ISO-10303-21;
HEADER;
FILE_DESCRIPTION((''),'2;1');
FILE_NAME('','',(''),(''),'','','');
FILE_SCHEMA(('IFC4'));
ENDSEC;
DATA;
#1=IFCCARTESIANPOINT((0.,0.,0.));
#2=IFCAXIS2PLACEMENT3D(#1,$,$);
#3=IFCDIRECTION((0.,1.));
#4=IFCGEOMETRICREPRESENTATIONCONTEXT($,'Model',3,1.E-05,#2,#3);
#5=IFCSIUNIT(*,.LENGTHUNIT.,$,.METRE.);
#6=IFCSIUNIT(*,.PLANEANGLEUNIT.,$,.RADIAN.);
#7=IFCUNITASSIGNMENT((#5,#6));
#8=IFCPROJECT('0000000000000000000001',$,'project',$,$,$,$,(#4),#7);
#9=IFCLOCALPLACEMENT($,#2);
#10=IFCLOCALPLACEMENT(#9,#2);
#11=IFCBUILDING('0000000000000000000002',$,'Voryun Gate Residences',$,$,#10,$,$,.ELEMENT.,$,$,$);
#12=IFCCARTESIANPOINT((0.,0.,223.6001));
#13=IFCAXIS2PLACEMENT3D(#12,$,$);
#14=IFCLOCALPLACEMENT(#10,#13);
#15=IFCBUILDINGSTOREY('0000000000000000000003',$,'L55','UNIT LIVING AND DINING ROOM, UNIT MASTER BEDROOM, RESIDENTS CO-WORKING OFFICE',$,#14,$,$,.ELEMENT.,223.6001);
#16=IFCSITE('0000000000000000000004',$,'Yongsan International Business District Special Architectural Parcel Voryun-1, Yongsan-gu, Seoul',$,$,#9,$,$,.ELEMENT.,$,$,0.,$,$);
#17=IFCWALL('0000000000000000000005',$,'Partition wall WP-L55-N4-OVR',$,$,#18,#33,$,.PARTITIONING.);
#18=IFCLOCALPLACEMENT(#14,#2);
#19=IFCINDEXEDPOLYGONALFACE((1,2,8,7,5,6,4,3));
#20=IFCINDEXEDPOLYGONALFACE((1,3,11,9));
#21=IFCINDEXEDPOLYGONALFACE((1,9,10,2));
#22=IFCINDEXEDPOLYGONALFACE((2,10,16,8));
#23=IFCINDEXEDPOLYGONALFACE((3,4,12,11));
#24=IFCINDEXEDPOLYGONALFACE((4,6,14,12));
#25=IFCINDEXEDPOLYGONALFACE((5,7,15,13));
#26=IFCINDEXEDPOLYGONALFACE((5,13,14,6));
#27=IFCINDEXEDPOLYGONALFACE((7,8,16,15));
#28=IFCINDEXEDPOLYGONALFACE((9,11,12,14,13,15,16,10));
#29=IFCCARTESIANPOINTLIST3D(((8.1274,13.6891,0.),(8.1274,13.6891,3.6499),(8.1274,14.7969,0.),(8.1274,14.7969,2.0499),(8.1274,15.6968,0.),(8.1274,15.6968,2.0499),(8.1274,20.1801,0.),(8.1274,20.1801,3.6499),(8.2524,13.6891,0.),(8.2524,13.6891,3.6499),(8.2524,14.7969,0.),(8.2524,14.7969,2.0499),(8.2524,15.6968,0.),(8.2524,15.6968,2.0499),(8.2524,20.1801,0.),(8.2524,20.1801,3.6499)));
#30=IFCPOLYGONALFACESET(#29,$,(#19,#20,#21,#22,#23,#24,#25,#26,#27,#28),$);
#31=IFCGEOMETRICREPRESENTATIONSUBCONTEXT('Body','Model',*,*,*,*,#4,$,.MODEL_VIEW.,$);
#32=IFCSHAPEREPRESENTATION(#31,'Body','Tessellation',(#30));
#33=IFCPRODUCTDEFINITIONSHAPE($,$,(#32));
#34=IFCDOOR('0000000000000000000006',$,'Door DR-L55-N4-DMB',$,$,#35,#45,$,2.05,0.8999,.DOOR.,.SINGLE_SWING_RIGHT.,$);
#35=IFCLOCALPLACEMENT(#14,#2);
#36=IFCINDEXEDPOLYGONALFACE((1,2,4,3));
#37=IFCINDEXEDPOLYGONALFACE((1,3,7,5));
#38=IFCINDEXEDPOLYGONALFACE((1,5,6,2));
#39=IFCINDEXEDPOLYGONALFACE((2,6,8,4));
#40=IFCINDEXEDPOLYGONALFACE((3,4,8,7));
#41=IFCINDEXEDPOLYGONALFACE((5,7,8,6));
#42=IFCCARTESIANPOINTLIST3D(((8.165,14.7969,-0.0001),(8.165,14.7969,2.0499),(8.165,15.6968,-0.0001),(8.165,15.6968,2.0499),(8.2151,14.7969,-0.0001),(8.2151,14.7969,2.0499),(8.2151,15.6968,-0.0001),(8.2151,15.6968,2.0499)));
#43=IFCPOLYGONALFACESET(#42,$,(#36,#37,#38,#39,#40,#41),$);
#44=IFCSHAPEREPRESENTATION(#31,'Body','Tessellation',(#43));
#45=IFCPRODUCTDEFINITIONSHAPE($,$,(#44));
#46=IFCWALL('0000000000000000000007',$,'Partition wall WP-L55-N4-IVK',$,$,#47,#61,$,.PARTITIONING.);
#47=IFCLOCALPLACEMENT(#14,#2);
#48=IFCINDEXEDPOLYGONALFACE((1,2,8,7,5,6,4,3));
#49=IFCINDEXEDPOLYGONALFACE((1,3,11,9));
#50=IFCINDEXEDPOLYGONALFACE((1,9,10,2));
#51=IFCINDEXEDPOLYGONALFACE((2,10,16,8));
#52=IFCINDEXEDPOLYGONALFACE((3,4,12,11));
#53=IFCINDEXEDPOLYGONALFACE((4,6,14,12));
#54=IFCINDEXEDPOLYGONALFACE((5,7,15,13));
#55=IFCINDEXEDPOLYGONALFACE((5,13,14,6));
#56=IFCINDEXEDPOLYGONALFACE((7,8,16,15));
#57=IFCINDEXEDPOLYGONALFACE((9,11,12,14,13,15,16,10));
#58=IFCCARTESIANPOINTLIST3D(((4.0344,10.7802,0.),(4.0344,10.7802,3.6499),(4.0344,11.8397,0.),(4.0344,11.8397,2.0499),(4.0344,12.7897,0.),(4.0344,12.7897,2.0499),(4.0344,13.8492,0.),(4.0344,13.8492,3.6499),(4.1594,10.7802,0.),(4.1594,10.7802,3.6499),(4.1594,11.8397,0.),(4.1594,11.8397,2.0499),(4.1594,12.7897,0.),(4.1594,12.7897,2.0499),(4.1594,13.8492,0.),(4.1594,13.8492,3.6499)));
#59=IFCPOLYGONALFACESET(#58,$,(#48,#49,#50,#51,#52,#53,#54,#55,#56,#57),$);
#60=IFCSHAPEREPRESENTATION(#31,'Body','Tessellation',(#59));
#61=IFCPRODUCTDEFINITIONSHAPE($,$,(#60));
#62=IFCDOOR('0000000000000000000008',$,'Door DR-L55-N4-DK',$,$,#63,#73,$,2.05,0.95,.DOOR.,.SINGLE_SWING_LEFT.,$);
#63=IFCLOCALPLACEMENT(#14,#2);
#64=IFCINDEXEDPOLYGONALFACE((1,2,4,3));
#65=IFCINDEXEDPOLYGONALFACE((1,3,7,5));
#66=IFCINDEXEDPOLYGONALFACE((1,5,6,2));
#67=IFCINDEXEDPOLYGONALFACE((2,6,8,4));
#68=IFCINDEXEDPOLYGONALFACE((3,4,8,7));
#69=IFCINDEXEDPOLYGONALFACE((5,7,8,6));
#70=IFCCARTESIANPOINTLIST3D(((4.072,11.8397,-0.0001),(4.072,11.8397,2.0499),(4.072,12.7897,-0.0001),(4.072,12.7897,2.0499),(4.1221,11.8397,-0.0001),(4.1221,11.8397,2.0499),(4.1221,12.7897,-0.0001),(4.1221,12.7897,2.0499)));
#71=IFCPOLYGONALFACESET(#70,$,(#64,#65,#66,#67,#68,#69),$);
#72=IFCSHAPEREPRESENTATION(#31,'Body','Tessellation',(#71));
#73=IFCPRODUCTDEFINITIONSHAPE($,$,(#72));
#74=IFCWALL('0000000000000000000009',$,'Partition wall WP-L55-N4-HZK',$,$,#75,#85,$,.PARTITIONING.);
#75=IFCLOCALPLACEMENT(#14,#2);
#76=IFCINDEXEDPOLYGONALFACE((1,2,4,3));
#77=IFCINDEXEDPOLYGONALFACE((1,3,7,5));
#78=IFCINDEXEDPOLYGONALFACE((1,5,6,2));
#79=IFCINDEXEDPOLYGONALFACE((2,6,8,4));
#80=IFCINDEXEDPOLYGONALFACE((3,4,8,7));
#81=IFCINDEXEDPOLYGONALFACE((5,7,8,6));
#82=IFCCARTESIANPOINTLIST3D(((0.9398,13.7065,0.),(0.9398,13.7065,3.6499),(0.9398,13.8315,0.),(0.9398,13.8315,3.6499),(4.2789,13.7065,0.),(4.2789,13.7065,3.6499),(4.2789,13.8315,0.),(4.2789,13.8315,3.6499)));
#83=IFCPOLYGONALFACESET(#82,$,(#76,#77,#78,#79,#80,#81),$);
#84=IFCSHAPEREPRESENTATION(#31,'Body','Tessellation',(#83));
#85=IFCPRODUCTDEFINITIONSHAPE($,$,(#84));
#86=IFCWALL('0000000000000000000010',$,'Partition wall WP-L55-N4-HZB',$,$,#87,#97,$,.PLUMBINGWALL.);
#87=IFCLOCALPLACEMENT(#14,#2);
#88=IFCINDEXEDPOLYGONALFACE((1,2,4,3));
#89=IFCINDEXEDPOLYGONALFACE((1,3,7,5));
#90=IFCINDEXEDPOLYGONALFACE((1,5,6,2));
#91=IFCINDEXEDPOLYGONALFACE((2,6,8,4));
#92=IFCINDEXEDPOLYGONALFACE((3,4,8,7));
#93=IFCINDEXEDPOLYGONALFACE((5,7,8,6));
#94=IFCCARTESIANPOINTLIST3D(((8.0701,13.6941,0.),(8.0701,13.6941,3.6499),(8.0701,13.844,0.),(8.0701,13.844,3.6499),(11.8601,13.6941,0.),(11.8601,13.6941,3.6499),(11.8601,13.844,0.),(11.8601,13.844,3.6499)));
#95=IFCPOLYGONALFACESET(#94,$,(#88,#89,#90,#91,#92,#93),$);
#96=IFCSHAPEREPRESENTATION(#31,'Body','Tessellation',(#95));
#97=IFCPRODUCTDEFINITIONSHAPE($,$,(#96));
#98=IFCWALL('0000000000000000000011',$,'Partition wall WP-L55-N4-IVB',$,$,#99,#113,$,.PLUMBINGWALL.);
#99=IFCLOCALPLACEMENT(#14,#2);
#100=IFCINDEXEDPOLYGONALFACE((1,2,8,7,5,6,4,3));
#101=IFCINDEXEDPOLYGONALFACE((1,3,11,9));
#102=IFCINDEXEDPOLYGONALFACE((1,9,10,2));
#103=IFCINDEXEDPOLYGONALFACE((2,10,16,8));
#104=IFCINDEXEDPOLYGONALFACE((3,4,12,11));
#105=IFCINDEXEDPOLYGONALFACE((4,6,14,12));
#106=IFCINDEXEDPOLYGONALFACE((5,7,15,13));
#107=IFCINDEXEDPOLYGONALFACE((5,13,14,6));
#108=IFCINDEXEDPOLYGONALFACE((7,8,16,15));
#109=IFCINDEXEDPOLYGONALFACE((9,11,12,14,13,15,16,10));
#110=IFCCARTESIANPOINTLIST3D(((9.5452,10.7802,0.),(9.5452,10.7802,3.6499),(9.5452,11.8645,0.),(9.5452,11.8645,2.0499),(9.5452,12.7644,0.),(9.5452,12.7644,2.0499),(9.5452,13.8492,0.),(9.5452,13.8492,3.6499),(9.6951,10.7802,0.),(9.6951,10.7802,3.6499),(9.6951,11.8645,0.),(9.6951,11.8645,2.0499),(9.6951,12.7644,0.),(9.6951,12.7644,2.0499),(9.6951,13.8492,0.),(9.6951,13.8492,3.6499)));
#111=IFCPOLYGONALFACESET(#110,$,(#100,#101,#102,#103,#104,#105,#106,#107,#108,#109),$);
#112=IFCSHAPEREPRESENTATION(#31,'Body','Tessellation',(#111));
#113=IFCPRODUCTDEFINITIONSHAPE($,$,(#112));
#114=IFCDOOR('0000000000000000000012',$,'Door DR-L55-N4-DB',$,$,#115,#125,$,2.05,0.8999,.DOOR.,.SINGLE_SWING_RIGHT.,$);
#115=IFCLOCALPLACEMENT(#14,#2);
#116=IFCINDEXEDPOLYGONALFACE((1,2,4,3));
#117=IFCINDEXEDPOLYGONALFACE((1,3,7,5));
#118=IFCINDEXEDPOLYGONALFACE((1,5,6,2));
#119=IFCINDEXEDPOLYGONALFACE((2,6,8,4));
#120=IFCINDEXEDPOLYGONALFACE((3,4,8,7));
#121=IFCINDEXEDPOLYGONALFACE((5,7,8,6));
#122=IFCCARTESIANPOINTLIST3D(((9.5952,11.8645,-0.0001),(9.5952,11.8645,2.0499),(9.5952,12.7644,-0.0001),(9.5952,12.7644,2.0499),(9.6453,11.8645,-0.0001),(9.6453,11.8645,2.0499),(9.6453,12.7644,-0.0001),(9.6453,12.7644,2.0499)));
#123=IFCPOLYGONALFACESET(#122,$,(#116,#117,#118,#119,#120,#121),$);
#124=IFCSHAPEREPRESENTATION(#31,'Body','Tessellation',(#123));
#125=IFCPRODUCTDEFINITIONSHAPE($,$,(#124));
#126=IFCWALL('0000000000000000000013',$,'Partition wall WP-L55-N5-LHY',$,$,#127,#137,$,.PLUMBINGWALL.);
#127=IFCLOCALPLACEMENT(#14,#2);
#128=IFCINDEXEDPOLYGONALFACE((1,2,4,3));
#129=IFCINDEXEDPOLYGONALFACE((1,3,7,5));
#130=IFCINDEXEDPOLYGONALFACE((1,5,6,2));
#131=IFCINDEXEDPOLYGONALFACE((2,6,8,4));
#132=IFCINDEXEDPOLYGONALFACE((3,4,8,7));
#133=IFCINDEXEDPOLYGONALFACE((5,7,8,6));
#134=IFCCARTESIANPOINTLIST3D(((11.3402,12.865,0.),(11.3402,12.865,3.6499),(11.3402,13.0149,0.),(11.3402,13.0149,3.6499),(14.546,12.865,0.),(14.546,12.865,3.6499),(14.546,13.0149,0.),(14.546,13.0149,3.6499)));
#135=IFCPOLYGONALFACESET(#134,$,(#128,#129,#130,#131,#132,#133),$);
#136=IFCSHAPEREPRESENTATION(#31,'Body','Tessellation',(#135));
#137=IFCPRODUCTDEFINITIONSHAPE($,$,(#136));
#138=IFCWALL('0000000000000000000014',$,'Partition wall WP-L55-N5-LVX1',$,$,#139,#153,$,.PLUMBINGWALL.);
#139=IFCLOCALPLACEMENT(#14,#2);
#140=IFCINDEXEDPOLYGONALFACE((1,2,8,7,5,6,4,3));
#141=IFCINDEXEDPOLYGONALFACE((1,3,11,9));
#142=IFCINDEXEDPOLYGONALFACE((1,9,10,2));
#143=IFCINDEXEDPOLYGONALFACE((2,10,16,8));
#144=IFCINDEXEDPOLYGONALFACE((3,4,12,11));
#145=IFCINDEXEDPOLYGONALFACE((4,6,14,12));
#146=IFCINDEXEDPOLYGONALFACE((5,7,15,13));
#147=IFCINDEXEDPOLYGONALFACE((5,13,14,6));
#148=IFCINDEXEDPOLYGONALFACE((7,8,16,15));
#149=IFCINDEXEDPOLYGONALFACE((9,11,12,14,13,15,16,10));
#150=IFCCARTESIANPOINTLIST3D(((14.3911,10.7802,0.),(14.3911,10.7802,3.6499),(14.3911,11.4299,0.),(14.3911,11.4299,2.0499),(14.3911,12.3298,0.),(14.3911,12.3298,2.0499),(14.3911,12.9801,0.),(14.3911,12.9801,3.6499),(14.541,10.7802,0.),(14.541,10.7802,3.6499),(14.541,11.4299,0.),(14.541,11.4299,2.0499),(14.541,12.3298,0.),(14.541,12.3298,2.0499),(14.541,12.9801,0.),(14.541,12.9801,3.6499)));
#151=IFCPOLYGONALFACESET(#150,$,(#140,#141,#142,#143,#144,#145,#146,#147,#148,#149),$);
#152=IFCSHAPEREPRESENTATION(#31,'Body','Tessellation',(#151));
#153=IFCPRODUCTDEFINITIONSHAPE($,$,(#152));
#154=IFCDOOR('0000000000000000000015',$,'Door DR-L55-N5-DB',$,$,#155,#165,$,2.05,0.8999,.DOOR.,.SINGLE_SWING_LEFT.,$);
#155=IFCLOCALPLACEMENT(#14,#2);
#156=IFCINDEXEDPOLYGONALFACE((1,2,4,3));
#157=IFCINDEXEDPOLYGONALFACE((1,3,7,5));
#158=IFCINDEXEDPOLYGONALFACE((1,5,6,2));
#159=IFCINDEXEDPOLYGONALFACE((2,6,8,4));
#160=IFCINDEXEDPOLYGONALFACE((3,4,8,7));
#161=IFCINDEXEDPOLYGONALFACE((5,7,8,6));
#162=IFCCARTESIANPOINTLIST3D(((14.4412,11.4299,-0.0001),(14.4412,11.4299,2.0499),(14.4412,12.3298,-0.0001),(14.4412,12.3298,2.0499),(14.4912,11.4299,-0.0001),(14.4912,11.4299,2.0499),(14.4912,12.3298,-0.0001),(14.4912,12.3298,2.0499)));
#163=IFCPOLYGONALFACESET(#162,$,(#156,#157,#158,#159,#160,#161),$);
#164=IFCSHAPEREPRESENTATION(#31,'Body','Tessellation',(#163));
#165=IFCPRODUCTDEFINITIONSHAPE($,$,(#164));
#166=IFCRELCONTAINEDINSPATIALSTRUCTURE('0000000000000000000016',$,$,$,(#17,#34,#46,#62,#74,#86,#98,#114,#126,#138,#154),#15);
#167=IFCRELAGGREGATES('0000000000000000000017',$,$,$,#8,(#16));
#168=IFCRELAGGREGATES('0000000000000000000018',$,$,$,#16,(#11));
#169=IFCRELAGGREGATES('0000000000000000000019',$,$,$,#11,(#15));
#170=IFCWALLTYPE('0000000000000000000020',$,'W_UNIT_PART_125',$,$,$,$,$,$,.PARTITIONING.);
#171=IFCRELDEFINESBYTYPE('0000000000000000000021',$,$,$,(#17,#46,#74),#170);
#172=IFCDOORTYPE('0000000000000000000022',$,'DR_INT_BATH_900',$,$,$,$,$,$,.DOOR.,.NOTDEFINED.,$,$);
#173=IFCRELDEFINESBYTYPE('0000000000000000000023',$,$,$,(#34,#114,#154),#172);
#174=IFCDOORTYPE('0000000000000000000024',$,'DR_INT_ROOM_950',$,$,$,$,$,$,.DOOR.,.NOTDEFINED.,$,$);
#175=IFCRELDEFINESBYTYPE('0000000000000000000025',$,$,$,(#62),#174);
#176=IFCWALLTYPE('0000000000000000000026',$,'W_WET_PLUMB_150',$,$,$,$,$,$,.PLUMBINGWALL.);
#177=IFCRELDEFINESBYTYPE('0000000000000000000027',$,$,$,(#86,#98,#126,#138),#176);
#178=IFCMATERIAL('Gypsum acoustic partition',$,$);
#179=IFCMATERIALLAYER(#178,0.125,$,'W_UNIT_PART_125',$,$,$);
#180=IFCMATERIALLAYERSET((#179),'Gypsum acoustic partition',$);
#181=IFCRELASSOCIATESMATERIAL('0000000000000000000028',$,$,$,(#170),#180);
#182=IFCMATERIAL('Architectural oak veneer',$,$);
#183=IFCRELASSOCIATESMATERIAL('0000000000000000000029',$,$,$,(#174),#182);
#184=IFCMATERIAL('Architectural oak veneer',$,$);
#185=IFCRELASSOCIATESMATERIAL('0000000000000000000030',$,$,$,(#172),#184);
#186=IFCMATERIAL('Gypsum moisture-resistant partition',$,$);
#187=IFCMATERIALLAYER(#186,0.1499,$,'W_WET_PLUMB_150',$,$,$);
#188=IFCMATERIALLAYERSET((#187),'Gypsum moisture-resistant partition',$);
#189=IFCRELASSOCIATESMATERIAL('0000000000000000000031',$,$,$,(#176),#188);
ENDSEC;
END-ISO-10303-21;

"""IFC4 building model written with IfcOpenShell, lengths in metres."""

from ifc_helpers import new_model, si_unit, direction, frame, frame_2d, origin, place, context, subcontext, project, spatial, rectangle, extrude, material, layer, layer_set, type_object, element, fill, save


model = new_model("IFC4")

# Units and contexts
model_context = context("Model", 3, precision=1e-05, world=origin(), true_north=direction((0.0, 1.0)))
body_context = subcontext(model_context, "Body", "Model", "MODEL_VIEW")
ifc_project = project(units=[si_unit("LENGTHUNIT", "METRE"), si_unit("PLANEANGLEUNIT", "RADIAN")], contexts=[model_context])

# Site, building, storey
site_placement = place(None, origin())
site = spatial("IfcSite", under=ifc_project, at=site_placement, Name="Yongsan International Business District Special Architectural Parcel Voryun-1, Yongsan-gu, Seoul", CompositionType="ELEMENT", RefElevation=0.0)
building_placement = place(site_placement, origin())
building = spatial("IfcBuilding", under=site, at=building_placement, Name="Voryun Gate Residences", CompositionType="ELEMENT")
storey_placement = place(building_placement, frame((0.0, 0.0, 223.6001)))
storey = spatial("IfcBuildingStorey", under=building, at=storey_placement, Name="L55", Description="UNIT LIVING AND DINING ROOM, UNIT MASTER BEDROOM, RESIDENTS CO-WORKING OFFICE", CompositionType="ELEMENT", Elevation=223.6001)

# Walls, openings, doors
ifc_material_1 = material(Name="Gypsum acoustic partition")
ifc_layer_1 = layer(ifc_material_1, 0.125, Name="W_UNIT_PART_125")
ifc_layer_set_1 = layer_set([ifc_layer_1], Name="Gypsum acoustic partition")
wall_type_1 = type_object("IfcWallType", Name="W_UNIT_PART_125", PredefinedType="PARTITIONING", material=ifc_layer_set_1)
ifc_material_2 = material(Name="Architectural oak veneer")
door_type_1 = type_object("IfcDoorType", Name="DR_INT_ROOM_950", OperationType="NOTDEFINED", PredefinedType="DOOR", material=ifc_material_2)
wall_1_placement = place(storey_placement, frame((8.1899, 13.689, 0.0), z_axis=(0.0, 0.0, 1.0), x_axis=(0.0, 1.0, 0.0)))
wall_1 = element("IfcWall", 1, at=wall_1_placement, inside=storey, type_object=wall_type_1, Name="Partition wall WP-L55-N4-OVR", PredefinedType="PARTITIONING", context=body_context, shape_type="SweptSolid", body=[
    extrude(rectangle(XDim=6.491, YDim=0.125, at=frame_2d((3.2456, 0.0))), origin(), (0.0, 0.0, 1.0), 3.6499),
])
opening_1_placement = place(wall_1_placement, frame((1.1079, 0.0, 0.0)))
opening_1 = element("IfcOpeningElement", 2, at=opening_1_placement, cuts=wall_1, PredefinedType="OPENING", context=body_context, shape_type="SweptSolid", body=[
    extrude(rectangle(XDim=0.8999, YDim=2.05, at=frame_2d((0.45, 1.0249))), frame((0.0, 0.0725, 0.0), z_axis=(0.0, -1.0, 0.0), x_axis=(1.0, 0.0, 0.0)), (0.0, 0.0, 1.0), 0.145),
])
ifc_material_3 = material(Name="Architectural oak veneer")
door_type_2 = type_object("IfcDoorType", Name="DR_INT_BATH_900", OperationType="NOTDEFINED", PredefinedType="DOOR", material=ifc_material_3)
door_1_placement = place(opening_1_placement, origin())
door_1 = element("IfcDoor", 3, at=door_1_placement, inside=storey, type_object=door_type_2, Name="Door DR-L55-N4-DMB", OperationType="SINGLE_SWING_RIGHT", OverallHeight=2.05, OverallWidth=0.8999, PredefinedType="DOOR", context=body_context, shape_type="SweptSolid", body=[
    extrude(rectangle(XDim=0.8999, YDim=2.05, at=frame_2d((0.45, 1.0249))), frame((0.0, 0.0249, 0.0), z_axis=(0.0, -1.0, 0.0), x_axis=(1.0, 0.0, 0.0)), (0.0, 0.0, 1.0), 0.05),
])
fill(opening_1, door_1)
wall_2_placement = place(storey_placement, frame((4.0969, 10.78, 0.0), z_axis=(0.0, 0.0, 1.0), x_axis=(0.0, 1.0, 0.0)))
wall_2 = element("IfcWall", 4, at=wall_2_placement, inside=storey, type_object=wall_type_1, Name="Partition wall WP-L55-N4-IVK", PredefinedType="PARTITIONING", context=body_context, shape_type="SweptSolid", body=[
    extrude(rectangle(XDim=3.0691, YDim=0.125, at=frame_2d((1.5347, 0.0))), origin(), (0.0, 0.0, 1.0), 3.6499),
])
opening_2_placement = place(wall_2_placement, frame((1.0596, 0.0, 0.0)))
opening_2 = element("IfcOpeningElement", 5, at=opening_2_placement, cuts=wall_2, PredefinedType="OPENING", context=body_context, shape_type="SweptSolid", body=[
    extrude(rectangle(XDim=0.95, YDim=2.05, at=frame_2d((0.4751, 1.0249))), frame((0.0, 0.0725, 0.0), z_axis=(0.0, -1.0, 0.0), x_axis=(1.0, 0.0, 0.0)), (0.0, 0.0, 1.0), 0.145),
])
door_2_placement = place(opening_2_placement, origin())
door_2 = element("IfcDoor", 6, at=door_2_placement, inside=storey, type_object=door_type_1, Name="Door DR-L55-N4-DK", OperationType="SINGLE_SWING_LEFT", OverallHeight=2.05, OverallWidth=0.95, PredefinedType="DOOR", context=body_context, shape_type="SweptSolid", body=[
    extrude(rectangle(XDim=0.95, YDim=2.05, at=frame_2d((0.4751, 1.0249))), frame((0.0, 0.0249, 0.0), z_axis=(0.0, -1.0, 0.0), x_axis=(1.0, 0.0, 0.0)), (0.0, 0.0, 1.0), 0.05),
])
fill(opening_2, door_2)

# Walls
wall_3_placement = place(storey_placement, frame((0.9399, 13.769, 0.0), z_axis=(0.0, 0.0, 1.0), x_axis=(1.0, 0.0, 0.0)))
element("IfcWall", 7, at=wall_3_placement, inside=storey, type_object=wall_type_1, Name="Partition wall WP-L55-N4-HZK", PredefinedType="PARTITIONING", context=body_context, shape_type="SweptSolid", body=[
    extrude(rectangle(XDim=3.3391, YDim=0.125, at=frame_2d((1.6694, 0.0))), origin(), (0.0, 0.0, 1.0), 3.6499),
])
ifc_material_4 = material(Name="Gypsum moisture-resistant partition")
ifc_layer_2 = layer(ifc_material_4, 0.1499, Name="W_WET_PLUMB_150")
ifc_layer_set_2 = layer_set([ifc_layer_2], Name="Gypsum moisture-resistant partition")
wall_type_2 = type_object("IfcWallType", Name="W_WET_PLUMB_150", PredefinedType="PLUMBINGWALL", material=ifc_layer_set_2)
wall_4_placement = place(storey_placement, frame((8.0701, 13.769, 0.0), z_axis=(0.0, 0.0, 1.0), x_axis=(1.0, 0.0, 0.0)))
element("IfcWall", 8, at=wall_4_placement, inside=storey, type_object=wall_type_2, Name="Partition wall WP-L55-N4-HZB", PredefinedType="PLUMBINGWALL", context=body_context, shape_type="SweptSolid", body=[
    extrude(rectangle(XDim=3.79, YDim=0.1499, at=frame_2d((1.895, 0.0))), origin(), (0.0, 0.0, 1.0), 3.6499),
])

# Wall, opening, door
wall_5_placement = place(storey_placement, frame((9.6201, 10.78, 0.0), z_axis=(0.0, 0.0, 1.0), x_axis=(0.0, 1.0, 0.0)))
wall_5 = element("IfcWall", 9, at=wall_5_placement, inside=storey, type_object=wall_type_2, Name="Partition wall WP-L55-N4-IVB", PredefinedType="PLUMBINGWALL", context=body_context, shape_type="SweptSolid", body=[
    extrude(rectangle(XDim=3.0691, YDim=0.1499, at=frame_2d((1.5347, 0.0))), origin(), (0.0, 0.0, 1.0), 3.6499),
])
opening_3_placement = place(wall_5_placement, frame((1.0845, 0.0, 0.0)))
opening_3 = element("IfcOpeningElement", 10, at=opening_3_placement, cuts=wall_5, PredefinedType="OPENING", context=body_context, shape_type="SweptSolid", body=[
    extrude(rectangle(XDim=0.8999, YDim=2.05, at=frame_2d((0.45, 1.0249))), frame((0.0, 0.085, 0.0), z_axis=(0.0, -1.0, 0.0), x_axis=(1.0, 0.0, 0.0)), (0.0, 0.0, 1.0), 0.1699),
])
door_3_placement = place(opening_3_placement, origin())
door_3 = element("IfcDoor", 11, at=door_3_placement, inside=storey, type_object=door_type_2, Name="Door DR-L55-N4-DB", OperationType="SINGLE_SWING_RIGHT", OverallHeight=2.05, OverallWidth=0.8999, PredefinedType="DOOR", context=body_context, shape_type="SweptSolid", body=[
    extrude(rectangle(XDim=0.8999, YDim=2.05, at=frame_2d((0.45, 1.0249))), frame((0.0, 0.0249, 0.0), z_axis=(0.0, -1.0, 0.0), x_axis=(1.0, 0.0, 0.0)), (0.0, 0.0, 1.0), 0.05),
])
fill(opening_3, door_3)

# Wall
wall_6_placement = place(storey_placement, frame((11.3401, 12.9399, 0.0), z_axis=(0.0, 0.0, 1.0), x_axis=(1.0, 0.0, 0.0)))
element("IfcWall", 12, at=wall_6_placement, inside=storey, type_object=wall_type_2, Name="Partition wall WP-L55-N5-LHY", PredefinedType="PLUMBINGWALL", context=body_context, shape_type="SweptSolid", body=[
    extrude(rectangle(XDim=3.2058, YDim=0.1499, at=frame_2d((1.603, 0.0))), origin(), (0.0, 0.0, 1.0), 3.6499),
])

# Wall, opening, door
wall_7_placement = place(storey_placement, frame((14.4661, 10.78, 0.0), z_axis=(0.0, 0.0, 1.0), x_axis=(0.0, 1.0, 0.0)))
wall_7 = element("IfcWall", 13, at=wall_7_placement, inside=storey, type_object=wall_type_2, Name="Partition wall WP-L55-N5-LVX1", PredefinedType="PLUMBINGWALL", context=body_context, shape_type="SweptSolid", body=[
    extrude(rectangle(XDim=2.2, YDim=0.1499, at=frame_2d((1.1001, 0.0))), origin(), (0.0, 0.0, 1.0), 3.6499),
])
opening_4_placement = place(wall_7_placement, frame((0.6499, 0.0, 0.0)))
opening_4 = element("IfcOpeningElement", 14, at=opening_4_placement, cuts=wall_7, PredefinedType="OPENING", context=body_context, shape_type="SweptSolid", body=[
    extrude(rectangle(XDim=0.8999, YDim=2.05, at=frame_2d((0.45, 1.0249))), frame((0.0, 0.085, 0.0), z_axis=(0.0, -1.0, 0.0), x_axis=(1.0, 0.0, 0.0)), (0.0, 0.0, 1.0), 0.1699),
])
door_4_placement = place(opening_4_placement, origin())
door_4 = element("IfcDoor", 15, at=door_4_placement, inside=storey, type_object=door_type_2, Name="Door DR-L55-N5-DB", OperationType="SINGLE_SWING_LEFT", OverallHeight=2.05, OverallWidth=0.8999, PredefinedType="DOOR", context=body_context, shape_type="SweptSolid", body=[
    extrude(rectangle(XDim=0.8999, YDim=2.05, at=frame_2d((0.45, 1.0249))), frame((0.0, 0.0249, 0.0), z_axis=(0.0, -1.0, 0.0), x_axis=(1.0, 0.0, 0.0)), (0.0, 0.0, 1.0), 0.05),
])
fill(opening_4, door_4)

save(model, "model.ifc")
